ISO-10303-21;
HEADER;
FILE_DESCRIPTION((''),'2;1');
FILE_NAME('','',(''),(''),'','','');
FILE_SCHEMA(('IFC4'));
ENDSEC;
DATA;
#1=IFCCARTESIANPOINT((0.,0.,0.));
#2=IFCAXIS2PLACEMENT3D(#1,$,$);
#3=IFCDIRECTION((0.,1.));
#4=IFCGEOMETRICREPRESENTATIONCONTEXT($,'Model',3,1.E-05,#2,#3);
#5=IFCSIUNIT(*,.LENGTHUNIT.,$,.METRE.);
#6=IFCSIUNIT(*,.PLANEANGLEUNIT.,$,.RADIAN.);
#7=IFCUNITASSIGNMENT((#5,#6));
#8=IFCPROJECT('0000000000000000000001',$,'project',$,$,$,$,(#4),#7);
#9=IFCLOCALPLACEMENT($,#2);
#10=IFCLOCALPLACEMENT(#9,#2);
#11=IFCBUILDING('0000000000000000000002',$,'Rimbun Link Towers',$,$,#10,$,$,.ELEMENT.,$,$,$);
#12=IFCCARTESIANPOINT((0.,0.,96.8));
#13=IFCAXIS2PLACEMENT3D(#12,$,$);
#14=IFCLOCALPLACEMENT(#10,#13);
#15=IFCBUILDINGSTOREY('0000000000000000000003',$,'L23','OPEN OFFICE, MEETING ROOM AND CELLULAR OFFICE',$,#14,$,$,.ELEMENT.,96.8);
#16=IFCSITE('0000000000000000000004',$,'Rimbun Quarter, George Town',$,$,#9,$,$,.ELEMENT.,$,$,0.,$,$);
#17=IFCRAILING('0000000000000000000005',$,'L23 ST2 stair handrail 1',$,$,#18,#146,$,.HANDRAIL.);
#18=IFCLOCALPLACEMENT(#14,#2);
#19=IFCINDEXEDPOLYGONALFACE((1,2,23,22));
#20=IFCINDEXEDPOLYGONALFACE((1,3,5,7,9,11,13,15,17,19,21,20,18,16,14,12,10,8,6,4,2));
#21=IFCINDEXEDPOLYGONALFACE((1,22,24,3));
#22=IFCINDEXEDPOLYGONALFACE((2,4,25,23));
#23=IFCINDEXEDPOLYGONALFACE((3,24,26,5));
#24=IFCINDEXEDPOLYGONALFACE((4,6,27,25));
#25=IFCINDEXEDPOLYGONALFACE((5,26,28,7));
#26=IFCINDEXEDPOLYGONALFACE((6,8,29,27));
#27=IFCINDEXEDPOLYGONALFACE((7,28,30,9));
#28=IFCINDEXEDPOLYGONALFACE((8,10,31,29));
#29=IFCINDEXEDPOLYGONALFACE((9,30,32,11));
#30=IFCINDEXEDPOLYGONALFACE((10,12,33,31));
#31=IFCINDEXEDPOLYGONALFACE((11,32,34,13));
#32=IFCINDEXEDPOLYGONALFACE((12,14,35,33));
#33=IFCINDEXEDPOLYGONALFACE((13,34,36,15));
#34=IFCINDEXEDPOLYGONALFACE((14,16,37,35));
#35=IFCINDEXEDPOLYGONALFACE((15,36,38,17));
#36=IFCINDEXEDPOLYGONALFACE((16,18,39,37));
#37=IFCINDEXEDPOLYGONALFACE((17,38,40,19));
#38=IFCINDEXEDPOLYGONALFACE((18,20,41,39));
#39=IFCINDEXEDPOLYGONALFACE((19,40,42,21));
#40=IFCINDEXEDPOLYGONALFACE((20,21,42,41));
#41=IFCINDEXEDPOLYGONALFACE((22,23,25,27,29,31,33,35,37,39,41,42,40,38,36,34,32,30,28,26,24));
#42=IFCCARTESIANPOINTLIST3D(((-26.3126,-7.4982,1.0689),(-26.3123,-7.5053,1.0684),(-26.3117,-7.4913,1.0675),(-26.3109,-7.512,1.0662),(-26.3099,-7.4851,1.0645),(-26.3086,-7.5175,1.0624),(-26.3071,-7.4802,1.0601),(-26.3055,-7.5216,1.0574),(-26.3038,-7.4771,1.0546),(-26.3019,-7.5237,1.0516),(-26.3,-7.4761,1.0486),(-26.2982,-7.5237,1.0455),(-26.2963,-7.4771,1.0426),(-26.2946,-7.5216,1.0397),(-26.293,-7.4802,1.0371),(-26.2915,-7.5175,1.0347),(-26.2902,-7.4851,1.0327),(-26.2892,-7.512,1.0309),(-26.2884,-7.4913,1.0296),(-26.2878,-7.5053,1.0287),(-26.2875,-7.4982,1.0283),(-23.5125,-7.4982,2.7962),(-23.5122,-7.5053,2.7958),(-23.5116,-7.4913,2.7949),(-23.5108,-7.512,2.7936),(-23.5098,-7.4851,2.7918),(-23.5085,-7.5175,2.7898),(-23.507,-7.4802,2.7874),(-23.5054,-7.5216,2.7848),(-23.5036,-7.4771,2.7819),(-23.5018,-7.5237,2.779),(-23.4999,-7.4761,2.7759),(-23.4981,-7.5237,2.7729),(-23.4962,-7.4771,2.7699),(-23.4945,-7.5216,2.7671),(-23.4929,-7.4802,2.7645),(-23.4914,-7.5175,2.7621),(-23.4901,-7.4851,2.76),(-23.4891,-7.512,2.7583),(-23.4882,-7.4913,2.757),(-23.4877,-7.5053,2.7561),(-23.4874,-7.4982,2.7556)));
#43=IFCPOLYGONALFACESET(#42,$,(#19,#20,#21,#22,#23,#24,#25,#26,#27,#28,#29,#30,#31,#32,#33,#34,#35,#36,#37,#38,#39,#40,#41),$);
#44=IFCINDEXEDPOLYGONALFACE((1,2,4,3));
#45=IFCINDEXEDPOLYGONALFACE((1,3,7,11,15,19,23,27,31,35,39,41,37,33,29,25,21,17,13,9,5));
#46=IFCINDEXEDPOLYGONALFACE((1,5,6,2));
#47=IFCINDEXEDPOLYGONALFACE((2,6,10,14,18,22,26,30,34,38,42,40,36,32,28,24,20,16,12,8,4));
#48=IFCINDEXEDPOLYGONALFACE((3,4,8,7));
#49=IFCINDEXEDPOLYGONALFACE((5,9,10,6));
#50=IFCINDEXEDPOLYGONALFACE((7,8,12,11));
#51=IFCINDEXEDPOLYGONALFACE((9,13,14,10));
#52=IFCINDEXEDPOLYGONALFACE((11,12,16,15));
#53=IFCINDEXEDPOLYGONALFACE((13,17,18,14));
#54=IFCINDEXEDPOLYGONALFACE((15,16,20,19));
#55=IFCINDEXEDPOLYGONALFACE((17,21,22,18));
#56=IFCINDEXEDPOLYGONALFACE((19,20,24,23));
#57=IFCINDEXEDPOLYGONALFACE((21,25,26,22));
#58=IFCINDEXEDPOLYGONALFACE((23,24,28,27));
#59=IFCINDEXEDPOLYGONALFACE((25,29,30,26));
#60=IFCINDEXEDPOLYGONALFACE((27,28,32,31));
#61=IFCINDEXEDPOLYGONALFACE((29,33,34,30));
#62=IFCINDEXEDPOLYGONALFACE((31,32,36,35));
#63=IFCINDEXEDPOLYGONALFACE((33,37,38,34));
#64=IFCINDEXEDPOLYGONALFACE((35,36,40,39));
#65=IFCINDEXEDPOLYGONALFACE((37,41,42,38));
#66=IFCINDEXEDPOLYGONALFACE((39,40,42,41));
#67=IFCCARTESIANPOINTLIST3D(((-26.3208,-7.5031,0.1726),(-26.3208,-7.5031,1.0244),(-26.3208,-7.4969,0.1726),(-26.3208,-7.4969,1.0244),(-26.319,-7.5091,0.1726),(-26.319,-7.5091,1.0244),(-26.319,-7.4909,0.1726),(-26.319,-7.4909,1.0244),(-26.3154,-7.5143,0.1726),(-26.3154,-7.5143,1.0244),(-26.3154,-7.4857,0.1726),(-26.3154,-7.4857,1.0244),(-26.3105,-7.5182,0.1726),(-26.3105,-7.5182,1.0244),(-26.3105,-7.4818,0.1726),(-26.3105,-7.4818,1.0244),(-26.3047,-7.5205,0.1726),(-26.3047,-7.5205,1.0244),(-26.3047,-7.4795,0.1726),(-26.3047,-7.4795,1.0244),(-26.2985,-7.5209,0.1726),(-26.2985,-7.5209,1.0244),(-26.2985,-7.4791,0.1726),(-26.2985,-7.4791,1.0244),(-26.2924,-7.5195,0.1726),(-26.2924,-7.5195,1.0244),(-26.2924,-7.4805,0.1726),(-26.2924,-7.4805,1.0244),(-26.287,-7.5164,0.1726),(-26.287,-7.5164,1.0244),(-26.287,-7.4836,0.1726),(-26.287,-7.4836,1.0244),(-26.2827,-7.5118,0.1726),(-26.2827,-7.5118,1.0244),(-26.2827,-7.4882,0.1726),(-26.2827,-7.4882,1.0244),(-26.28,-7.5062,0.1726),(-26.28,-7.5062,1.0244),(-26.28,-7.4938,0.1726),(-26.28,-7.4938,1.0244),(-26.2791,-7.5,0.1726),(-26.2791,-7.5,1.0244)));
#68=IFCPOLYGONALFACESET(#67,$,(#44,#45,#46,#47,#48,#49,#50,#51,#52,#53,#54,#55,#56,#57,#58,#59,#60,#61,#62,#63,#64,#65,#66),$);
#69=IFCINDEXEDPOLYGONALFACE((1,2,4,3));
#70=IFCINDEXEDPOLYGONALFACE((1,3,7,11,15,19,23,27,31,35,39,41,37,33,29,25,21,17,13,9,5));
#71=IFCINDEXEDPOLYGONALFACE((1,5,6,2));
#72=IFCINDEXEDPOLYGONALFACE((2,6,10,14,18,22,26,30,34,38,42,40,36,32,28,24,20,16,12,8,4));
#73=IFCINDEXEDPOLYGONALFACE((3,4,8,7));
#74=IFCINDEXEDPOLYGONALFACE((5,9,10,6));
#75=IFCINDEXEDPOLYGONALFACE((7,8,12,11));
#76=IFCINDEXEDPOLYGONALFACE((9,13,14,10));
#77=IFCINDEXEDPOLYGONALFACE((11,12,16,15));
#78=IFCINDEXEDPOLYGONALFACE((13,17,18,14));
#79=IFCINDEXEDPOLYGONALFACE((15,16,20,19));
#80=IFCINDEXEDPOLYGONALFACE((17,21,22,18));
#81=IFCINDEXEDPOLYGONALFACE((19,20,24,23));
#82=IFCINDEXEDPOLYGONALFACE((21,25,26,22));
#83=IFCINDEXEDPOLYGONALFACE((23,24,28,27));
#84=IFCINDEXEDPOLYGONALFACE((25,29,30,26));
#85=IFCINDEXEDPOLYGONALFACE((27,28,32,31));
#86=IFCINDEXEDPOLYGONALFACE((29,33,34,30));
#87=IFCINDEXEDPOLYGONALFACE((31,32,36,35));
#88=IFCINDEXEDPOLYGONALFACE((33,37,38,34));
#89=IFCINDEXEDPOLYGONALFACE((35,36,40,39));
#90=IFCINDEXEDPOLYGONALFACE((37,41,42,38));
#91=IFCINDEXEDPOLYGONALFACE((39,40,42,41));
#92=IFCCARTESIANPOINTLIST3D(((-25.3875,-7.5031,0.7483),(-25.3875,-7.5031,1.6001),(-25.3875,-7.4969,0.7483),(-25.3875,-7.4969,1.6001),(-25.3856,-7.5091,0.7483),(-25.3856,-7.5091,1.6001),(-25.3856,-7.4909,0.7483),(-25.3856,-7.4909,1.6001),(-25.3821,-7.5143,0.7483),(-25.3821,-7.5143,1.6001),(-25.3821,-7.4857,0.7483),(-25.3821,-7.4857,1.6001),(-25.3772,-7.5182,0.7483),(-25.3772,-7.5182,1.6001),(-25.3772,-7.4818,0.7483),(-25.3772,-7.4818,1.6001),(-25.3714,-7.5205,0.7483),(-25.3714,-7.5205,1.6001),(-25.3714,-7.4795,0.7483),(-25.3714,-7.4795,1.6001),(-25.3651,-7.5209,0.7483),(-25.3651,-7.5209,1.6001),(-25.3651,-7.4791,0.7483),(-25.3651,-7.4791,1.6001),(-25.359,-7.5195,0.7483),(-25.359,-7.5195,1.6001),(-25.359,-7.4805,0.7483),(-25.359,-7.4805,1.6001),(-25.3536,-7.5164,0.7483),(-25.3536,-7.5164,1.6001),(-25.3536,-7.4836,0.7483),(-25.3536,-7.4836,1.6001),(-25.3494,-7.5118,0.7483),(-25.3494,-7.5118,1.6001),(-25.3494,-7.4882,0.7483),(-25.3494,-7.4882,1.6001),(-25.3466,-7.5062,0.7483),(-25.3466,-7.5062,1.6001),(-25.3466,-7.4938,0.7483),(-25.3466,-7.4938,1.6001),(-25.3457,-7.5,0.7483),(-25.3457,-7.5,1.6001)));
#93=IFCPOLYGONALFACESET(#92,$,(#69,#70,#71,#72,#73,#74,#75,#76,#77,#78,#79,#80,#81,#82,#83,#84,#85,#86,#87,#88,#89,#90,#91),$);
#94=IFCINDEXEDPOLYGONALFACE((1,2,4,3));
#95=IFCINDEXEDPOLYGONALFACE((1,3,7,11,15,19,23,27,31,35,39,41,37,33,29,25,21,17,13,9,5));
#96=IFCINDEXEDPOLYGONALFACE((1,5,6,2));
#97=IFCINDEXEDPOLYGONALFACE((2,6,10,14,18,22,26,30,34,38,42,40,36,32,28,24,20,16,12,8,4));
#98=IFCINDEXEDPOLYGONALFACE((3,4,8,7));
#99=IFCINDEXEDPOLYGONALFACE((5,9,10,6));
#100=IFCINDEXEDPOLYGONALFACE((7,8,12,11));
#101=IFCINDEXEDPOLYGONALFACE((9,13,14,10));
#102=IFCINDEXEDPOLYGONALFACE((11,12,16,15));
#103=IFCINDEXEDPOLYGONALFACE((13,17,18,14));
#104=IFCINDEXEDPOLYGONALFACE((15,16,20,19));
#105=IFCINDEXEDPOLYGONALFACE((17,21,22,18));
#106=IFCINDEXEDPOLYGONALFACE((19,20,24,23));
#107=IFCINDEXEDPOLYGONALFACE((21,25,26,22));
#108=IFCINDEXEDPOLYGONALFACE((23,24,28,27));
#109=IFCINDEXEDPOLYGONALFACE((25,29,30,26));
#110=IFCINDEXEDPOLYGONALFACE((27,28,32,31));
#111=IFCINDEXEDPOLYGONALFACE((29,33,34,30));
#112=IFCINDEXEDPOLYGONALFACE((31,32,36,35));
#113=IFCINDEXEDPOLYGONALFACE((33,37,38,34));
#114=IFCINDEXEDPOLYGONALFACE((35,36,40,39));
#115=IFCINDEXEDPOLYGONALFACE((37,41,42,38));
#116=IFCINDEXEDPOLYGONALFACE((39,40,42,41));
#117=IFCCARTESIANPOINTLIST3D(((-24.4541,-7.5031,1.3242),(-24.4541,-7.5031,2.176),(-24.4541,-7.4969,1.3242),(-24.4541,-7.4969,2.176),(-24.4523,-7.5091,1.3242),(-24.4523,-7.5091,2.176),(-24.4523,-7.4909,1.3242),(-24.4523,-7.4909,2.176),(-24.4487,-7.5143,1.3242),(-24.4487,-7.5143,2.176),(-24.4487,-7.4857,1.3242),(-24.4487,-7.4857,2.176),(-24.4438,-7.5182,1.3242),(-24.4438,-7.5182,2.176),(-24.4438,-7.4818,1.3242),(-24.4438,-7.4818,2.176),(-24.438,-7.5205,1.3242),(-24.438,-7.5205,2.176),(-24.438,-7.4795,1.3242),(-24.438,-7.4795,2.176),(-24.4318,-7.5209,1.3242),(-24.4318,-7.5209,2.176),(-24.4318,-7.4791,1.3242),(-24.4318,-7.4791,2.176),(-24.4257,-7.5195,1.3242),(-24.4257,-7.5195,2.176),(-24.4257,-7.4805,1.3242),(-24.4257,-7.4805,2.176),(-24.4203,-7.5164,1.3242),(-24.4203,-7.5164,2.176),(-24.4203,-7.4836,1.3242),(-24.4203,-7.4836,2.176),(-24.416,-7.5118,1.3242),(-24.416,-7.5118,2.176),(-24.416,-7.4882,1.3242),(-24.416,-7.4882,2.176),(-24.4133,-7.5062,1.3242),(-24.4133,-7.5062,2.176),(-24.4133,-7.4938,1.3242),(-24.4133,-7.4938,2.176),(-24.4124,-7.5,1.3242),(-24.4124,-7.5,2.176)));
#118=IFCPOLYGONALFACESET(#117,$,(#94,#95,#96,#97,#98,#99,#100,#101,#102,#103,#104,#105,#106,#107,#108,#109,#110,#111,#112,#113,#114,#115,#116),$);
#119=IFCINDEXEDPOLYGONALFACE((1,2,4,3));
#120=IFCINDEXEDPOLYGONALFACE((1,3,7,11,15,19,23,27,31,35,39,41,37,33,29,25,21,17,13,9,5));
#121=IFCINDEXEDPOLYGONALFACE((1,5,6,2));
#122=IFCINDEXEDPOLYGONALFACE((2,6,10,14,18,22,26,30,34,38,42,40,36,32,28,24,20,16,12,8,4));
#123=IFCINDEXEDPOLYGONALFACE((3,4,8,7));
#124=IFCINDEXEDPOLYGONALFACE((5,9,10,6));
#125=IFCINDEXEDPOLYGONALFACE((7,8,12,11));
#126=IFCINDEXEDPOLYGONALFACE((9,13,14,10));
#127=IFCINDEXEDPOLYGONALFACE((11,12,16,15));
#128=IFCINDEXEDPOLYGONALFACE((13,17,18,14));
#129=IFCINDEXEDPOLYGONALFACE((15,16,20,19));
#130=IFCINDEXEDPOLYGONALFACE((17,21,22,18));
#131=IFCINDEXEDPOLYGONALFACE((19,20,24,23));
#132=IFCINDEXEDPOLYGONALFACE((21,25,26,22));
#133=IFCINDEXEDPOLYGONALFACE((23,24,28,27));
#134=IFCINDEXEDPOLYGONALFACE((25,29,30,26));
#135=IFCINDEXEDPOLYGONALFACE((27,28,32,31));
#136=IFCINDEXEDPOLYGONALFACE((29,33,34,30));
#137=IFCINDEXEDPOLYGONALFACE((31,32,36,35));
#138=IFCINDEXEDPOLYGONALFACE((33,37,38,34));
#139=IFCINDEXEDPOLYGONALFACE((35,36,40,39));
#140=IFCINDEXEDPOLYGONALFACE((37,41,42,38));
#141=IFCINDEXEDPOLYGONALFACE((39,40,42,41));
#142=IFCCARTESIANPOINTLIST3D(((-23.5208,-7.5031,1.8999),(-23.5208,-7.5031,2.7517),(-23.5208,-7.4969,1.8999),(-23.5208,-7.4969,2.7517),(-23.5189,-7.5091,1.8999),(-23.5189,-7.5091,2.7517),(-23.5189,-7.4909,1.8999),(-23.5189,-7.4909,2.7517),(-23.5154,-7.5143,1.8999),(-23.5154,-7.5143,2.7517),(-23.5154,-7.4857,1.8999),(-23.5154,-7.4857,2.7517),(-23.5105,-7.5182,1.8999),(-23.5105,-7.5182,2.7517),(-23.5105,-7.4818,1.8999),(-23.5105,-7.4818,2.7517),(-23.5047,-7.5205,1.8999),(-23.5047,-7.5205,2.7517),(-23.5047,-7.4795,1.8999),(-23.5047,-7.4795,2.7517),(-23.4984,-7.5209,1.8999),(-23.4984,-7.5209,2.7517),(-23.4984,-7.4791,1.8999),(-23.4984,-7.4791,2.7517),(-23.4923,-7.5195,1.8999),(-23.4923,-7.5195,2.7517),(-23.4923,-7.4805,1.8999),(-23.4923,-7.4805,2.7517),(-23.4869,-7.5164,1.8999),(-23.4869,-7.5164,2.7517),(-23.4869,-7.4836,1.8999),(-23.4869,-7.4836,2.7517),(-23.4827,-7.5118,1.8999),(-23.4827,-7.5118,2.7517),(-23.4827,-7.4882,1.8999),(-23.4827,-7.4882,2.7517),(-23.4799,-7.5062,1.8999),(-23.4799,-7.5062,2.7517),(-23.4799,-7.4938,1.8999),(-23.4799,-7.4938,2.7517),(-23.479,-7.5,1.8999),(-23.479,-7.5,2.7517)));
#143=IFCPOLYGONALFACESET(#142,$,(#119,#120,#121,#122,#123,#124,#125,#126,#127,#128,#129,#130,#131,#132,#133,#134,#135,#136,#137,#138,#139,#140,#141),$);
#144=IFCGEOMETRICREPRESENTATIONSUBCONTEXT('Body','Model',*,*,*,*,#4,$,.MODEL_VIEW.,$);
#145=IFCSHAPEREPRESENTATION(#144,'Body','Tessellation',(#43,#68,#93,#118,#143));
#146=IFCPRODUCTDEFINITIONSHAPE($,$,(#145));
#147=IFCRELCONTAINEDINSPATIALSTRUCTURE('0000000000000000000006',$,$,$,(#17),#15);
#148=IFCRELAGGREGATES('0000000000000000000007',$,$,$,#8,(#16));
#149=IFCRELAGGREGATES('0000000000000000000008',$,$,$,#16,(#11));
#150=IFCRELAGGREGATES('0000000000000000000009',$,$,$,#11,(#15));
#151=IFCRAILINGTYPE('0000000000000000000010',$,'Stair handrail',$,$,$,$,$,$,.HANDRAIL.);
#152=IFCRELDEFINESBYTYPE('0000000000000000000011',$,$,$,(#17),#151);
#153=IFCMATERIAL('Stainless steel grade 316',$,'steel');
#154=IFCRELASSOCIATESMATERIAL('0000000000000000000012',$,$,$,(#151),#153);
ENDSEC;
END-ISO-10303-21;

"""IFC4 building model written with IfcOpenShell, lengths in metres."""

from ifc_helpers import new_model, si_unit, direction, frame, origin, origin_2d, place, context, subcontext, project, spatial, circle, extrude, material, type_object, element, save


model = new_model("IFC4")

# Units and contexts
model_context = context("Model", 3, precision=1e-05, world=origin(), true_north=direction((0.0, 1.0)))
body_context = subcontext(model_context, "Body", "Model", "MODEL_VIEW")
ifc_project = project(units=[si_unit("LENGTHUNIT", "METRE"), si_unit("PLANEANGLEUNIT", "RADIAN")], contexts=[model_context])

# Site, building, storey
site_placement = place(None, origin())
site = spatial("IfcSite", under=ifc_project, at=site_placement, Name="Rimbun Quarter, George Town", CompositionType="ELEMENT", RefElevation=0.0)
building_placement = place(site_placement, origin())
building = spatial("IfcBuilding", under=site, at=building_placement, Name="Rimbun Link Towers", CompositionType="ELEMENT")
storey_placement = place(building_placement, frame((0.0, 0.0, 96.8)))
storey = spatial("IfcBuildingStorey", under=building, at=storey_placement, Name="L23", Description="OPEN OFFICE, MEETING ROOM AND CELLULAR OFFICE", CompositionType="ELEMENT", Elevation=96.8)

# Railing
ifc_material_1 = material(Name="Stainless steel grade 316", Category="steel")
railing_type_1 = type_object("IfcRailingType", Name="Stair handrail", PredefinedType="HANDRAIL", material=ifc_material_1)
railing_1_placement = place(storey_placement, frame((-26.3, -7.5, 0.1726)))
element("IfcRailing", 1, at=railing_1_placement, inside=storey, type_object=railing_type_1, Name="L23 ST2 stair handrail 1", PredefinedType="HANDRAIL", context=body_context, shape_type="SweptSolid", body=[
    extrude(circle(Radius=0.0239, at=origin_2d()), frame((0.0, 0.0, 0.876), z_axis=(0.85109, 0.0, 0.52502), x_axis=(0.0, 1.0, 0.0)), (0.0, 0.0, 1.0), 3.29),
    extrude(circle(Radius=0.021, at=origin_2d()), origin(), (0.0, 0.0, 1.0), 0.8518),
    extrude(circle(Radius=0.021, at=origin_2d()), frame((0.9333, 0.0, 0.5757)), (0.0, 0.0, 1.0), 0.8518),
    extrude(circle(Radius=0.021, at=origin_2d()), frame((1.8667, 0.0, 1.1516)), (0.0, 0.0, 1.0), 0.8518),
    extrude(circle(Radius=0.021, at=origin_2d()), frame((2.8, 0.0, 1.7273)), (0.0, 0.0, 1.0), 0.8518),
])

save(model, "model.ifc")
